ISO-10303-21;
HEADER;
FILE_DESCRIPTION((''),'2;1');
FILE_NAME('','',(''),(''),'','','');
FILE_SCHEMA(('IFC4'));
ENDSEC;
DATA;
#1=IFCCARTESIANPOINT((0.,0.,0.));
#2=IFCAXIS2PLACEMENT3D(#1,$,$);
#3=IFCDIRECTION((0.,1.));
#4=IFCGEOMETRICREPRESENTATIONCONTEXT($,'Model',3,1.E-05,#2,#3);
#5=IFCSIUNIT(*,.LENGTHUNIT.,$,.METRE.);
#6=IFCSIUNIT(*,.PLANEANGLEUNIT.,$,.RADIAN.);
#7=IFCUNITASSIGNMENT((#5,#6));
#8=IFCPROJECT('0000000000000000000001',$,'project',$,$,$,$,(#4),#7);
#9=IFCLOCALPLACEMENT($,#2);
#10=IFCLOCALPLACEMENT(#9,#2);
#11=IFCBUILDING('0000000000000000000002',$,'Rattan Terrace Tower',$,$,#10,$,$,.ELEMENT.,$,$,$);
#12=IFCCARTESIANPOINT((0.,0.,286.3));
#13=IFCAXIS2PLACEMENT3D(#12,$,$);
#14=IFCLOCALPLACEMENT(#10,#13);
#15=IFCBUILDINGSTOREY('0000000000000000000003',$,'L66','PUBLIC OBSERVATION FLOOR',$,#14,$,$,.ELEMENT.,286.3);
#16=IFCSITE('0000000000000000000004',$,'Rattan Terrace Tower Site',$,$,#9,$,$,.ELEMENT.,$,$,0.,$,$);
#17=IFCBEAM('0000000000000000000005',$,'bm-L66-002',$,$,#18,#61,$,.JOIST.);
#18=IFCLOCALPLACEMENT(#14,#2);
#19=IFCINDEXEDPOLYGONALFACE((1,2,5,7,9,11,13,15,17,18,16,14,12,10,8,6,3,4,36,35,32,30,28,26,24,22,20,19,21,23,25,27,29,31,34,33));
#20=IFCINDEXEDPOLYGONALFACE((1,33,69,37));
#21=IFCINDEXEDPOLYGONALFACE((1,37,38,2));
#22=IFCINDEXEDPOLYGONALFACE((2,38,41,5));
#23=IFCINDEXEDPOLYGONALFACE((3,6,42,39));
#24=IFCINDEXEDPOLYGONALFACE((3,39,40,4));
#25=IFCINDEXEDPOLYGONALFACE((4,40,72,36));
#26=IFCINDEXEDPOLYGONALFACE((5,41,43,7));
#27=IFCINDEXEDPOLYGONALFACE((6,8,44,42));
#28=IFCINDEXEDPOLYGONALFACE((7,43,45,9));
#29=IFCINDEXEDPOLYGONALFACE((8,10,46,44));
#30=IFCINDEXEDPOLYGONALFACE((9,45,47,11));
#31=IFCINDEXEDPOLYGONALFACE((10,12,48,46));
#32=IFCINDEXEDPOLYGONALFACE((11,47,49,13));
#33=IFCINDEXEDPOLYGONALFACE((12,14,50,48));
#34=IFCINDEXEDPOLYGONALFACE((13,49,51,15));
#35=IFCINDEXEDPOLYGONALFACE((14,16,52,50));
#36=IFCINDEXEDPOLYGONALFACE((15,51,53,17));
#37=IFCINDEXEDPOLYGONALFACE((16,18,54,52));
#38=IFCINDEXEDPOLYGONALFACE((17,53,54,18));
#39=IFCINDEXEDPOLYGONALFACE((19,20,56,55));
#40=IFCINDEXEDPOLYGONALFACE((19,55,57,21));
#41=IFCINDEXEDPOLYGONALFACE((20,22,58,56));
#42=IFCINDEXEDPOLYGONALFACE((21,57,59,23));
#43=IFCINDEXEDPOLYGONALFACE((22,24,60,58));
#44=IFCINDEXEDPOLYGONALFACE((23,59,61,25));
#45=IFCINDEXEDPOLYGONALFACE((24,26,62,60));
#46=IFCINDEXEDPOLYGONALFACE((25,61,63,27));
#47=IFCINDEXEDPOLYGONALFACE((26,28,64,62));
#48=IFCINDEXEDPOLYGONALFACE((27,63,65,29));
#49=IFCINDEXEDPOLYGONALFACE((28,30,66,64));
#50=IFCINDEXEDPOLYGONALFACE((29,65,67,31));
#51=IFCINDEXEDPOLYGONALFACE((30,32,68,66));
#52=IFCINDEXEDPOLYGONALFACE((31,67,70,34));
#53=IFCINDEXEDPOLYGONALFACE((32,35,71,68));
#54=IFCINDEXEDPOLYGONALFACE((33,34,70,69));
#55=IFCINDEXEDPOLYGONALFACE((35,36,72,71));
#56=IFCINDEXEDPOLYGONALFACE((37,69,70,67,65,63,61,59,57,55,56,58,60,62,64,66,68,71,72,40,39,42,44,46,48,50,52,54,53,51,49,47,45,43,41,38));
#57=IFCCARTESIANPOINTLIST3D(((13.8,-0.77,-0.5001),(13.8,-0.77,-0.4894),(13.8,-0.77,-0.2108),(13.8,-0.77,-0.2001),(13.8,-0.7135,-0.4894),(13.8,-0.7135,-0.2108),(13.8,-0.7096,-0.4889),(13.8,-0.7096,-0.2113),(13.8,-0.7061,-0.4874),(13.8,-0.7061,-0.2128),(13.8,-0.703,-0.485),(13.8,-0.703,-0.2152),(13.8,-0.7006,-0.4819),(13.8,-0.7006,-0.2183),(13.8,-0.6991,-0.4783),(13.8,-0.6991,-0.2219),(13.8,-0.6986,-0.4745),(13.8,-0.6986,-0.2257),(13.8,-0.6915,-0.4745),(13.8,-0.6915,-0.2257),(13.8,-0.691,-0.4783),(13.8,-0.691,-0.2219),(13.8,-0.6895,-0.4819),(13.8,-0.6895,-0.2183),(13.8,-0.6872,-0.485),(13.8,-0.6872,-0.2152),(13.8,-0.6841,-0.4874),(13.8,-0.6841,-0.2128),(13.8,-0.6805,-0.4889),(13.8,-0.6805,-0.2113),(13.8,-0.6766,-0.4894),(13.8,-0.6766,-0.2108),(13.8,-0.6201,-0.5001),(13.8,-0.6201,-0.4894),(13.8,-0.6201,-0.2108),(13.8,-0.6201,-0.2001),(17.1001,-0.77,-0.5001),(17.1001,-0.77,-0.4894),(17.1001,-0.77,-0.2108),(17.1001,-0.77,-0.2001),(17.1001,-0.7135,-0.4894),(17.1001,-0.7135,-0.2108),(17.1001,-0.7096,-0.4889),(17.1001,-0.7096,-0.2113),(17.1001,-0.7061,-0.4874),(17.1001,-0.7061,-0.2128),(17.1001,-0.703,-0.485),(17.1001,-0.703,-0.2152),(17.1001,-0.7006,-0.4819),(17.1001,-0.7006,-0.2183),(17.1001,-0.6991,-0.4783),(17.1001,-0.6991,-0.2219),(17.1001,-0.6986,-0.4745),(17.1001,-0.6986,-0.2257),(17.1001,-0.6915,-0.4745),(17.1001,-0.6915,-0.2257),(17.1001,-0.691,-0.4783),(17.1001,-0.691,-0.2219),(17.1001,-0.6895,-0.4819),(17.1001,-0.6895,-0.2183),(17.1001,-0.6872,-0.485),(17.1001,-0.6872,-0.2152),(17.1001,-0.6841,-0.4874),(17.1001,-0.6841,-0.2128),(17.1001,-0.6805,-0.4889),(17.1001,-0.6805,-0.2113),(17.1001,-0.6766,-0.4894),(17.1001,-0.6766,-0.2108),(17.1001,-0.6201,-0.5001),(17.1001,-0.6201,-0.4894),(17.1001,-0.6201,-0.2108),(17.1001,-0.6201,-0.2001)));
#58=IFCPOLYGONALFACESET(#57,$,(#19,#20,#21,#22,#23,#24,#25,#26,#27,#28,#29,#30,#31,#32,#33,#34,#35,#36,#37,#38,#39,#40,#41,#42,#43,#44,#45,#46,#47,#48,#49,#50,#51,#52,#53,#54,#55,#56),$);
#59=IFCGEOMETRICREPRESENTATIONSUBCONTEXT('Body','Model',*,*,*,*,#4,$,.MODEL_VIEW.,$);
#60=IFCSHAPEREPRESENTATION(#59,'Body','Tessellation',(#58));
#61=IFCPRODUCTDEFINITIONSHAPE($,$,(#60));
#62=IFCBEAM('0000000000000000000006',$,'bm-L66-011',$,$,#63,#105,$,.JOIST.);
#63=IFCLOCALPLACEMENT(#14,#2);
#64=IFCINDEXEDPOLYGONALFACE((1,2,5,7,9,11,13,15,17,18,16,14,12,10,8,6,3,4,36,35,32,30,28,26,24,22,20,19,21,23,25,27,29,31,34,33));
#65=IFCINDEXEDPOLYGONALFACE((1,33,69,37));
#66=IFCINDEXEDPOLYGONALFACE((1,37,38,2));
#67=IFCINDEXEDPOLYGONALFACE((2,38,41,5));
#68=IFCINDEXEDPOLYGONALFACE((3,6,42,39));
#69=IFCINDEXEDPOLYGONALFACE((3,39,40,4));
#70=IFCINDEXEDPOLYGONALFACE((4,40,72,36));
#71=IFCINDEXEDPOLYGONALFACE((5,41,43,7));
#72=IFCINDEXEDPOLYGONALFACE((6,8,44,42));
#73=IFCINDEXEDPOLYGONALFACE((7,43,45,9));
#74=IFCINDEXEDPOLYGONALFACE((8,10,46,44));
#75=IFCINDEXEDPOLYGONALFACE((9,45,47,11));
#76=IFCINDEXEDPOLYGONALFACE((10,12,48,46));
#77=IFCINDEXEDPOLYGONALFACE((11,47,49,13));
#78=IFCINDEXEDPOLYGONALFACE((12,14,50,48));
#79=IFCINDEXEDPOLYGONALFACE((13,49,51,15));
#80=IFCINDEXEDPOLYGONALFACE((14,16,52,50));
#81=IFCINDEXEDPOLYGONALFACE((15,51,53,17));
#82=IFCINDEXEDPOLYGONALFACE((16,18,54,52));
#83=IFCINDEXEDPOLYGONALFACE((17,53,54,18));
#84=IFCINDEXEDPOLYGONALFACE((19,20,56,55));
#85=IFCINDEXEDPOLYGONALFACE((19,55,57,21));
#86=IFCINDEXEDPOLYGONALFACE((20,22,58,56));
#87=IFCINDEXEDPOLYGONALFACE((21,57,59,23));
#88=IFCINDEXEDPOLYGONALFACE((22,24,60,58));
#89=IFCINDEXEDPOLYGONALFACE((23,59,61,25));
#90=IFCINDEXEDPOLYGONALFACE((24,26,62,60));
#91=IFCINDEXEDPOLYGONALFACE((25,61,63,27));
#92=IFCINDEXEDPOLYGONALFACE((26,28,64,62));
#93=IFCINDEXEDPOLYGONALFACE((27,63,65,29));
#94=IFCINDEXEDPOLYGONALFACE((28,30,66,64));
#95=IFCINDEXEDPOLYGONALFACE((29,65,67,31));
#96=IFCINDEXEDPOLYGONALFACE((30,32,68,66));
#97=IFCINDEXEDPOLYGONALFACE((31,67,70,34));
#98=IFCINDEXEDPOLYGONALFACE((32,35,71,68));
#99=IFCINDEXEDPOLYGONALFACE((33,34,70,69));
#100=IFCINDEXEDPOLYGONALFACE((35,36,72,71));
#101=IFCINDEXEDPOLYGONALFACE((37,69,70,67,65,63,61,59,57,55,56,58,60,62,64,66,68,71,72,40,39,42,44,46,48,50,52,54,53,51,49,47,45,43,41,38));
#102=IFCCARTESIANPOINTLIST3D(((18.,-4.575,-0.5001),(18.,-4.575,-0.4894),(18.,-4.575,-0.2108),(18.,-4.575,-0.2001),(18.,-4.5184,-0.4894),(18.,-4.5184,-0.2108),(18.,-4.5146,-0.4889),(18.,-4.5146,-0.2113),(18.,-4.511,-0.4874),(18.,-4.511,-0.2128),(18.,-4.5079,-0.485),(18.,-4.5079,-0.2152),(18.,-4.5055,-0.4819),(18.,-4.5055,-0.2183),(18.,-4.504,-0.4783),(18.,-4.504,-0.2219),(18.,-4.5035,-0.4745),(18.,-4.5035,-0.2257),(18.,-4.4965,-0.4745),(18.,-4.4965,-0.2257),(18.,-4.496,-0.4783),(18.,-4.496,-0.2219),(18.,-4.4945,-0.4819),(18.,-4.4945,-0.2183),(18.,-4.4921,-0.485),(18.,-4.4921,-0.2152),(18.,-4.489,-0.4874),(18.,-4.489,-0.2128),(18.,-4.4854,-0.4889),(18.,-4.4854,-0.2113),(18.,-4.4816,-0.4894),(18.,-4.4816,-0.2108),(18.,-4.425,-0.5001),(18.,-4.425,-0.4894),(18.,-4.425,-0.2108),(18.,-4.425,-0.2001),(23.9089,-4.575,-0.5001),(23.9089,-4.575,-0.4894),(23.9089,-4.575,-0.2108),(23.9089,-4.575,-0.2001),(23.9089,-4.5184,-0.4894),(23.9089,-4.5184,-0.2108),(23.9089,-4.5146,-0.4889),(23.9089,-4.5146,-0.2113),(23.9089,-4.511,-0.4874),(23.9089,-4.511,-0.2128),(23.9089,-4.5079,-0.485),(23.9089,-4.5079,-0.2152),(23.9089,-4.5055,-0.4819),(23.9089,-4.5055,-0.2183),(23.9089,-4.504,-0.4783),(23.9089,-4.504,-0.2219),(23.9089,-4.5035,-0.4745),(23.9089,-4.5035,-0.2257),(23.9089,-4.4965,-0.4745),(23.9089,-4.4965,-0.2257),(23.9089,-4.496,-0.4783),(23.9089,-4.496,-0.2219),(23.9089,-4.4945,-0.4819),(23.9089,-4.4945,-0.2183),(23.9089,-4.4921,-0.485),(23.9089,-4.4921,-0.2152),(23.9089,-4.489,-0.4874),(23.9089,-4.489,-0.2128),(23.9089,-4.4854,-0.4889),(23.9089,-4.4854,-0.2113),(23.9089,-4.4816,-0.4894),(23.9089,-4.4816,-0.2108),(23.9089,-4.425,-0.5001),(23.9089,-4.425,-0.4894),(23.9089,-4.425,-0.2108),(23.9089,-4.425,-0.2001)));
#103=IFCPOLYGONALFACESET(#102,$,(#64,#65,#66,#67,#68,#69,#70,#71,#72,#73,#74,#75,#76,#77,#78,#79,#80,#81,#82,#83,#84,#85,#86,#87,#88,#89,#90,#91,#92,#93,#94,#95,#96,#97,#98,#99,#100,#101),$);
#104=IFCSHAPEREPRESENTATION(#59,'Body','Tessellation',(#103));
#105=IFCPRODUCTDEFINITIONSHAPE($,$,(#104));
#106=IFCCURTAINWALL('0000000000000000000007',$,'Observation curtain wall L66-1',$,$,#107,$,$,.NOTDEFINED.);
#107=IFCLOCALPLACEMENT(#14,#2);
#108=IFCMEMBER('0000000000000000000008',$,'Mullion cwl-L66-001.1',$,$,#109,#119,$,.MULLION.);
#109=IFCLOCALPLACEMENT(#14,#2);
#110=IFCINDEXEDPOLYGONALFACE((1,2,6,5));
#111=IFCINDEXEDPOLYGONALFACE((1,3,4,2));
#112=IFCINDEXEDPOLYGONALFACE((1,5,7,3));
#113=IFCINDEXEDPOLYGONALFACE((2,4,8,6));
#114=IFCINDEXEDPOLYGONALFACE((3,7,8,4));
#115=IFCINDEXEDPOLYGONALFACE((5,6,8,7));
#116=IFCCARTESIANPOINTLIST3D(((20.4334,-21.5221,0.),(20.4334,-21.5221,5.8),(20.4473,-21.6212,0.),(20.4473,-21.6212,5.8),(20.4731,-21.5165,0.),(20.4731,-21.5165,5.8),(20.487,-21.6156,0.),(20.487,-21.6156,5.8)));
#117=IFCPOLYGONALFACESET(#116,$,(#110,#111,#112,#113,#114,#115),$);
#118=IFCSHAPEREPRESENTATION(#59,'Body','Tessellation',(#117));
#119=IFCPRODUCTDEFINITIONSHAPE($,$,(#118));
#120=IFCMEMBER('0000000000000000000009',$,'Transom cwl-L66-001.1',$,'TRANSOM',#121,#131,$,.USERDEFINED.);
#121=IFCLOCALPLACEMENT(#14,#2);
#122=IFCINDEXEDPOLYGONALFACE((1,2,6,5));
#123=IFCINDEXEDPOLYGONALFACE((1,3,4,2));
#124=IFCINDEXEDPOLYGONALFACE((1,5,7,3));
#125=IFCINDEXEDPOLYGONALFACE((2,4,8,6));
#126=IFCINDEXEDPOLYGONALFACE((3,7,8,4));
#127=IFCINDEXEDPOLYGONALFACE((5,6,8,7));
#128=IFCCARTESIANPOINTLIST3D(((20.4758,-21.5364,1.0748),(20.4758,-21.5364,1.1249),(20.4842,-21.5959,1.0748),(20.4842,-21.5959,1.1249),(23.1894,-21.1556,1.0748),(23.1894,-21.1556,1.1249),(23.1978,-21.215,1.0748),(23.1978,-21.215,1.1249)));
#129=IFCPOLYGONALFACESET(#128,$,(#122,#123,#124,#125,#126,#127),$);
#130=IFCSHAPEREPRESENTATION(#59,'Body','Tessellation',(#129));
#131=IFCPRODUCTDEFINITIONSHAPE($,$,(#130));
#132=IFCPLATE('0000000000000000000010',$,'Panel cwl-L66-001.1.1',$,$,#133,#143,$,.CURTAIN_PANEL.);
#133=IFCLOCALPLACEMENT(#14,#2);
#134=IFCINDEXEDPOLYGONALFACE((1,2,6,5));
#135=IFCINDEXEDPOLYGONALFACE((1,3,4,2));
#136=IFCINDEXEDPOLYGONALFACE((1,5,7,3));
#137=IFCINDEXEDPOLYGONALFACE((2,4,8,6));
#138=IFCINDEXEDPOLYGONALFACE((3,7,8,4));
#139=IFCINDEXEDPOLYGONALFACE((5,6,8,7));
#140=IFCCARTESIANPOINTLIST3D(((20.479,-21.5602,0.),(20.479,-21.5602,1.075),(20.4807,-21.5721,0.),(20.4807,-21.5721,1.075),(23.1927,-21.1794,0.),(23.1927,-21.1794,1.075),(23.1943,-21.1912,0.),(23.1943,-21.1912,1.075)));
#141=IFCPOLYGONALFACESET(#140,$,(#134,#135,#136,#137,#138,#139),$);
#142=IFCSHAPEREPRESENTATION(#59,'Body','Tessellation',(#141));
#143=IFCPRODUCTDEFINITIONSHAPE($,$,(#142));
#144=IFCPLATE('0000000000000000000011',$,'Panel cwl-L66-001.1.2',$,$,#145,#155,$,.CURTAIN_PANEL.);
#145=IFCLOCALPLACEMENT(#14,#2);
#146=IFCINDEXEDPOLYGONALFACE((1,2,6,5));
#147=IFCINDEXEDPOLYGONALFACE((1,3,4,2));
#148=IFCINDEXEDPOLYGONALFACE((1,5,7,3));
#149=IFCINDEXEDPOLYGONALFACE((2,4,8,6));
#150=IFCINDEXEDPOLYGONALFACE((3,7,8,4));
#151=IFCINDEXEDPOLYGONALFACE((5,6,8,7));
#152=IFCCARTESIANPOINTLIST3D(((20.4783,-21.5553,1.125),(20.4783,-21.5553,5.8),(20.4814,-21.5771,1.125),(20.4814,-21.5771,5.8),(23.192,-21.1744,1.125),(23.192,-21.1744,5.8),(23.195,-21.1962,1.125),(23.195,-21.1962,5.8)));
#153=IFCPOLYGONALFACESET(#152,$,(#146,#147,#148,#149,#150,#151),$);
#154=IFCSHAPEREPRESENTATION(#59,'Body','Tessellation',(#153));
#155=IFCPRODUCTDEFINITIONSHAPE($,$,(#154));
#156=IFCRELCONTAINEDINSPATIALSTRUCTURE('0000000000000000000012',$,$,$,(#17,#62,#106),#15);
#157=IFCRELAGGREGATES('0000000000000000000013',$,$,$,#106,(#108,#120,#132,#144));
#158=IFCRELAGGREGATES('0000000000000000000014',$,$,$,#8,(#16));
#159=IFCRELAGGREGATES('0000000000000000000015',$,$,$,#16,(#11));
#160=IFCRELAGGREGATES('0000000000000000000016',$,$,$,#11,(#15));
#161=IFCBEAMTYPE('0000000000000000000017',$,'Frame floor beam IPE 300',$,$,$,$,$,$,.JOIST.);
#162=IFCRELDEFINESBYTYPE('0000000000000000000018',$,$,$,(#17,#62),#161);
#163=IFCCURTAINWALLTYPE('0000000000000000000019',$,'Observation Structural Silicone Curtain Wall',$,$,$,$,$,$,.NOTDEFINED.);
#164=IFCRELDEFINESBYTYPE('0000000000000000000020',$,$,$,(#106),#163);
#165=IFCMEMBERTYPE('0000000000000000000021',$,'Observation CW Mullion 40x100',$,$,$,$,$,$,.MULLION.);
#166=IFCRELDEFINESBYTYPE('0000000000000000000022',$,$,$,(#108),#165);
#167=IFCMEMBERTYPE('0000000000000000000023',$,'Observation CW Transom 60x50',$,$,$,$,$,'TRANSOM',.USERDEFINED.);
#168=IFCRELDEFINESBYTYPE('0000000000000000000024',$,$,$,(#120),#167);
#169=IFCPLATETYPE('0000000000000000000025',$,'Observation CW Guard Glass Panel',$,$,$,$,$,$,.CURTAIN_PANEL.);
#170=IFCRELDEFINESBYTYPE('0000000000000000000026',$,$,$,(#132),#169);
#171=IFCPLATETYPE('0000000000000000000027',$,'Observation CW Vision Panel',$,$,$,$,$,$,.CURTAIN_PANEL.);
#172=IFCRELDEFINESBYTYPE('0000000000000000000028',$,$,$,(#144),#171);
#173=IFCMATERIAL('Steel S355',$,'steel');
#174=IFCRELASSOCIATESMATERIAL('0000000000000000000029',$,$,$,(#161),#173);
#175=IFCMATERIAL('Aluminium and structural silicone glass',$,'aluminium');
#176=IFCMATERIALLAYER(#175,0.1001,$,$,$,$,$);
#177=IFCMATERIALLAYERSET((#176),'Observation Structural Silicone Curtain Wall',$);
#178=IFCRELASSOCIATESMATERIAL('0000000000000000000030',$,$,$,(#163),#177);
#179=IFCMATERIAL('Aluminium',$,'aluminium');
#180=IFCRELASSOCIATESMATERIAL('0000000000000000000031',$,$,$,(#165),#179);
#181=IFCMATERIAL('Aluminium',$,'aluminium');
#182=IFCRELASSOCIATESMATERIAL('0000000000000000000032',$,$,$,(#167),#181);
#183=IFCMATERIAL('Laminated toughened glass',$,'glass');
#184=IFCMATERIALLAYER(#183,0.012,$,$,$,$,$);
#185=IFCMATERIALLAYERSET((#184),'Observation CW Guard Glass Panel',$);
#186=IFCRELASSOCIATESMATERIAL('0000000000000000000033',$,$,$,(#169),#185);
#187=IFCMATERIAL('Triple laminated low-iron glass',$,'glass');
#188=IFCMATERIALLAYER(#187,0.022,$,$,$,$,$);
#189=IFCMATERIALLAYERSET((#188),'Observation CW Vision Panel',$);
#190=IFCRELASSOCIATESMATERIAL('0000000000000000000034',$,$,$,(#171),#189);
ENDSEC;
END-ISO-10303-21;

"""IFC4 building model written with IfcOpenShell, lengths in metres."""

from ifc_helpers import new_model, si_unit, direction, frame, origin, origin_2d, place, context, subcontext, project, spatial, rectangle, i_section, extrude, material, layer, layer_set, material_profile, profile_set, type_object, element, aggregate, save


model = new_model("IFC4")

# Units and contexts
model_context = context("Model", 3, precision=1e-05, world=origin(), true_north=direction((0.0, 1.0)))
body_context = subcontext(model_context, "Body", "Model", "MODEL_VIEW")
ifc_project = project(units=[si_unit("LENGTHUNIT", "METRE"), si_unit("PLANEANGLEUNIT", "RADIAN")], contexts=[model_context])

# Site, building, storey
site_placement = place(None, origin())
site = spatial("IfcSite", under=ifc_project, at=site_placement, Name="Rattan Terrace Tower Site", CompositionType="ELEMENT", RefElevation=0.0)
building_placement = place(site_placement, origin())
building = spatial("IfcBuilding", under=site, at=building_placement, Name="Rattan Terrace Tower", CompositionType="ELEMENT")
storey_placement = place(building_placement, frame((0.0, 0.0, 286.3)))
storey = spatial("IfcBuildingStorey", under=building, at=storey_placement, Name="L66", Description="PUBLIC OBSERVATION FLOOR", CompositionType="ELEMENT", Elevation=286.3)

# Beams
ifc_material_1 = material(Name="Steel S355", Category="steel")
ifc_material_profile_1 = material_profile(ifc_material_1, i_section(OverallWidth=0.1499, OverallDepth=0.3, WebThickness=0.0071, FlangeThickness=0.0107, FilletRadius=0.0149, at=origin_2d()), Name="IPE 300")
ifc_profile_set_1 = profile_set([ifc_material_profile_1], Name="Steel S355")
beam_type = type_object("IfcBeamType", Name="Frame floor beam IPE 300", PredefinedType="JOIST", material=ifc_profile_set_1)
beam_1_placement = place(storey_placement, frame((13.8, -0.6951, -0.3501), z_axis=(1.0, 0.0, 0.0), x_axis=(0.0, 1.0, 0.0)))
element("IfcBeam", 1, at=beam_1_placement, inside=storey, type_object=beam_type, Name="bm-L66-002", PredefinedType="JOIST", context=body_context, shape_type="SweptSolid", body=[
    extrude(i_section(OverallWidth=0.1499, OverallDepth=0.3, WebThickness=0.0071, FlangeThickness=0.0107, FilletRadius=0.0149, at=origin_2d()), origin(), (0.0, 0.0, 1.0), 3.3),
])
beam_2_placement = place(storey_placement, frame((18.0, -4.5, -0.3501), z_axis=(1.0, 0.0, 0.0), x_axis=(0.0, 1.0, 0.0)))
element("IfcBeam", 2, at=beam_2_placement, inside=storey, type_object=beam_type, Name="bm-L66-011", PredefinedType="JOIST", context=body_context, shape_type="SweptSolid", body=[
    extrude(i_section(OverallWidth=0.1499, OverallDepth=0.3, WebThickness=0.0071, FlangeThickness=0.0107, FilletRadius=0.0149, at=origin_2d()), origin(), (0.0, 0.0, 1.0), 5.9089),
])

# Curtain wall, members, plates
ifc_material_2 = material(Name="Aluminium and structural silicone glass", Category="aluminium")
ifc_layer_1 = layer(ifc_material_2, 0.1001)
ifc_layer_set_1 = layer_set([ifc_layer_1], Name="Observation Structural Silicone Curtain Wall")
curtain_wall_type = type_object("IfcCurtainWallType", Name="Observation Structural Silicone Curtain Wall", PredefinedType="NOTDEFINED", material=ifc_layer_set_1)
curtain_wall_placement = place(storey_placement, origin())
curtain_wall = element("IfcCurtainWall", 3, at=curtain_wall_placement, inside=storey, type_object=curtain_wall_type, Name="Observation curtain wall L66-1", PredefinedType="NOTDEFINED")
ifc_material_3 = material(Name="Aluminium", Category="aluminium")
ifc_material_profile_2 = material_profile(ifc_material_3, rectangle(XDim=0.04, YDim=0.1001, at=origin_2d()), Name="Aluminium 40x100")
ifc_profile_set_2 = profile_set([ifc_material_profile_2], Name="Aluminium")
member_type_1 = type_object("IfcMemberType", Name="Observation CW Mullion 40x100", PredefinedType="MULLION", material=ifc_profile_set_2)
member_1_placement = place(storey_placement, frame((20.4602, -21.5688, 0.0), z_axis=(0.0, 0.0, 1.0), x_axis=(0.990293, 0.138994, 0.0)))
member_1 = element("IfcMember", 4, at=member_1_placement, type_object=member_type_1, Name="Mullion cwl-L66-001.1", PredefinedType="MULLION", context=body_context, shape_type="SweptSolid", body=[
    extrude(rectangle(XDim=0.04, YDim=0.1001, at=origin_2d()), origin(), (0.0, 0.0, 1.0), 5.8),
])
ifc_material_4 = material(Name="Aluminium", Category="aluminium")
ifc_material_profile_3 = material_profile(ifc_material_4, rectangle(XDim=0.0601, YDim=0.05, at=origin_2d()), Name="Aluminium 60x50")
ifc_profile_set_3 = profile_set([ifc_material_profile_3], Name="Aluminium")
member_type_2 = type_object("IfcMemberType", Name="Observation CW Transom 60x50", ElementType="TRANSOM", PredefinedType="USERDEFINED", material=ifc_profile_set_3)
member_2_placement = place(storey_placement, frame((20.48, -21.5662, 1.0999), z_axis=(0.990294, 0.138989, 0.0), x_axis=(-0.138989, 0.990294, 0.0)))
member_2 = element("IfcMember", 5, at=member_2_placement, type_object=member_type_2, Name="Transom cwl-L66-001.1", ObjectType="TRANSOM", PredefinedType="USERDEFINED", context=body_context, shape_type="SweptSolid", body=[
    extrude(rectangle(XDim=0.0601, YDim=0.05, at=origin_2d()), origin(), (0.0, 0.0, 1.0), 2.7402),
])
ifc_material_5 = material(Name="Laminated toughened glass", Category="glass")
ifc_layer_2 = layer(ifc_material_5, 0.012)
ifc_layer_set_2 = layer_set([ifc_layer_2], Name="Observation CW Guard Glass Panel")
plate_type_1 = type_object("IfcPlateType", Name="Observation CW Guard Glass Panel", PredefinedType="CURTAIN_PANEL", material=ifc_layer_set_2)
plate_1_placement = place(storey_placement, frame((21.8367, -21.3757, 0.0), z_axis=(0.0, 0.0, 1.0), x_axis=(0.990293, 0.138994, 0.0)))
plate_1 = element("IfcPlate", 6, at=plate_1_placement, type_object=plate_type_1, Name="Panel cwl-L66-001.1.1", PredefinedType="CURTAIN_PANEL", context=body_context, shape_type="SweptSolid", body=[
    extrude(rectangle(XDim=2.7402, YDim=0.012, at=origin_2d()), origin(), (0.0, 0.0, 1.0), 1.075),
])
ifc_material_6 = material(Name="Triple laminated low-iron glass", Category="glass")
ifc_layer_3 = layer(ifc_material_6, 0.022)
ifc_layer_set_3 = layer_set([ifc_layer_3], Name="Observation CW Vision Panel")
plate_type_2 = type_object("IfcPlateType", Name="Observation CW Vision Panel", PredefinedType="CURTAIN_PANEL", material=ifc_layer_set_3)
plate_2_placement = place(storey_placement, frame((21.8367, -21.3757, 1.125), z_axis=(0.0, 0.0, 1.0), x_axis=(0.990293, 0.138994, 0.0)))
plate_2 = element("IfcPlate", 7, at=plate_2_placement, type_object=plate_type_2, Name="Panel cwl-L66-001.1.2", PredefinedType="CURTAIN_PANEL", context=body_context, shape_type="SweptSolid", body=[
    extrude(rectangle(XDim=2.7402, YDim=0.022, at=origin_2d()), origin(), (0.0, 0.0, 1.0), 4.675),
])
aggregate(curtain_wall, [member_1, member_2, plate_1, plate_2])

save(model, "model.ifc")
